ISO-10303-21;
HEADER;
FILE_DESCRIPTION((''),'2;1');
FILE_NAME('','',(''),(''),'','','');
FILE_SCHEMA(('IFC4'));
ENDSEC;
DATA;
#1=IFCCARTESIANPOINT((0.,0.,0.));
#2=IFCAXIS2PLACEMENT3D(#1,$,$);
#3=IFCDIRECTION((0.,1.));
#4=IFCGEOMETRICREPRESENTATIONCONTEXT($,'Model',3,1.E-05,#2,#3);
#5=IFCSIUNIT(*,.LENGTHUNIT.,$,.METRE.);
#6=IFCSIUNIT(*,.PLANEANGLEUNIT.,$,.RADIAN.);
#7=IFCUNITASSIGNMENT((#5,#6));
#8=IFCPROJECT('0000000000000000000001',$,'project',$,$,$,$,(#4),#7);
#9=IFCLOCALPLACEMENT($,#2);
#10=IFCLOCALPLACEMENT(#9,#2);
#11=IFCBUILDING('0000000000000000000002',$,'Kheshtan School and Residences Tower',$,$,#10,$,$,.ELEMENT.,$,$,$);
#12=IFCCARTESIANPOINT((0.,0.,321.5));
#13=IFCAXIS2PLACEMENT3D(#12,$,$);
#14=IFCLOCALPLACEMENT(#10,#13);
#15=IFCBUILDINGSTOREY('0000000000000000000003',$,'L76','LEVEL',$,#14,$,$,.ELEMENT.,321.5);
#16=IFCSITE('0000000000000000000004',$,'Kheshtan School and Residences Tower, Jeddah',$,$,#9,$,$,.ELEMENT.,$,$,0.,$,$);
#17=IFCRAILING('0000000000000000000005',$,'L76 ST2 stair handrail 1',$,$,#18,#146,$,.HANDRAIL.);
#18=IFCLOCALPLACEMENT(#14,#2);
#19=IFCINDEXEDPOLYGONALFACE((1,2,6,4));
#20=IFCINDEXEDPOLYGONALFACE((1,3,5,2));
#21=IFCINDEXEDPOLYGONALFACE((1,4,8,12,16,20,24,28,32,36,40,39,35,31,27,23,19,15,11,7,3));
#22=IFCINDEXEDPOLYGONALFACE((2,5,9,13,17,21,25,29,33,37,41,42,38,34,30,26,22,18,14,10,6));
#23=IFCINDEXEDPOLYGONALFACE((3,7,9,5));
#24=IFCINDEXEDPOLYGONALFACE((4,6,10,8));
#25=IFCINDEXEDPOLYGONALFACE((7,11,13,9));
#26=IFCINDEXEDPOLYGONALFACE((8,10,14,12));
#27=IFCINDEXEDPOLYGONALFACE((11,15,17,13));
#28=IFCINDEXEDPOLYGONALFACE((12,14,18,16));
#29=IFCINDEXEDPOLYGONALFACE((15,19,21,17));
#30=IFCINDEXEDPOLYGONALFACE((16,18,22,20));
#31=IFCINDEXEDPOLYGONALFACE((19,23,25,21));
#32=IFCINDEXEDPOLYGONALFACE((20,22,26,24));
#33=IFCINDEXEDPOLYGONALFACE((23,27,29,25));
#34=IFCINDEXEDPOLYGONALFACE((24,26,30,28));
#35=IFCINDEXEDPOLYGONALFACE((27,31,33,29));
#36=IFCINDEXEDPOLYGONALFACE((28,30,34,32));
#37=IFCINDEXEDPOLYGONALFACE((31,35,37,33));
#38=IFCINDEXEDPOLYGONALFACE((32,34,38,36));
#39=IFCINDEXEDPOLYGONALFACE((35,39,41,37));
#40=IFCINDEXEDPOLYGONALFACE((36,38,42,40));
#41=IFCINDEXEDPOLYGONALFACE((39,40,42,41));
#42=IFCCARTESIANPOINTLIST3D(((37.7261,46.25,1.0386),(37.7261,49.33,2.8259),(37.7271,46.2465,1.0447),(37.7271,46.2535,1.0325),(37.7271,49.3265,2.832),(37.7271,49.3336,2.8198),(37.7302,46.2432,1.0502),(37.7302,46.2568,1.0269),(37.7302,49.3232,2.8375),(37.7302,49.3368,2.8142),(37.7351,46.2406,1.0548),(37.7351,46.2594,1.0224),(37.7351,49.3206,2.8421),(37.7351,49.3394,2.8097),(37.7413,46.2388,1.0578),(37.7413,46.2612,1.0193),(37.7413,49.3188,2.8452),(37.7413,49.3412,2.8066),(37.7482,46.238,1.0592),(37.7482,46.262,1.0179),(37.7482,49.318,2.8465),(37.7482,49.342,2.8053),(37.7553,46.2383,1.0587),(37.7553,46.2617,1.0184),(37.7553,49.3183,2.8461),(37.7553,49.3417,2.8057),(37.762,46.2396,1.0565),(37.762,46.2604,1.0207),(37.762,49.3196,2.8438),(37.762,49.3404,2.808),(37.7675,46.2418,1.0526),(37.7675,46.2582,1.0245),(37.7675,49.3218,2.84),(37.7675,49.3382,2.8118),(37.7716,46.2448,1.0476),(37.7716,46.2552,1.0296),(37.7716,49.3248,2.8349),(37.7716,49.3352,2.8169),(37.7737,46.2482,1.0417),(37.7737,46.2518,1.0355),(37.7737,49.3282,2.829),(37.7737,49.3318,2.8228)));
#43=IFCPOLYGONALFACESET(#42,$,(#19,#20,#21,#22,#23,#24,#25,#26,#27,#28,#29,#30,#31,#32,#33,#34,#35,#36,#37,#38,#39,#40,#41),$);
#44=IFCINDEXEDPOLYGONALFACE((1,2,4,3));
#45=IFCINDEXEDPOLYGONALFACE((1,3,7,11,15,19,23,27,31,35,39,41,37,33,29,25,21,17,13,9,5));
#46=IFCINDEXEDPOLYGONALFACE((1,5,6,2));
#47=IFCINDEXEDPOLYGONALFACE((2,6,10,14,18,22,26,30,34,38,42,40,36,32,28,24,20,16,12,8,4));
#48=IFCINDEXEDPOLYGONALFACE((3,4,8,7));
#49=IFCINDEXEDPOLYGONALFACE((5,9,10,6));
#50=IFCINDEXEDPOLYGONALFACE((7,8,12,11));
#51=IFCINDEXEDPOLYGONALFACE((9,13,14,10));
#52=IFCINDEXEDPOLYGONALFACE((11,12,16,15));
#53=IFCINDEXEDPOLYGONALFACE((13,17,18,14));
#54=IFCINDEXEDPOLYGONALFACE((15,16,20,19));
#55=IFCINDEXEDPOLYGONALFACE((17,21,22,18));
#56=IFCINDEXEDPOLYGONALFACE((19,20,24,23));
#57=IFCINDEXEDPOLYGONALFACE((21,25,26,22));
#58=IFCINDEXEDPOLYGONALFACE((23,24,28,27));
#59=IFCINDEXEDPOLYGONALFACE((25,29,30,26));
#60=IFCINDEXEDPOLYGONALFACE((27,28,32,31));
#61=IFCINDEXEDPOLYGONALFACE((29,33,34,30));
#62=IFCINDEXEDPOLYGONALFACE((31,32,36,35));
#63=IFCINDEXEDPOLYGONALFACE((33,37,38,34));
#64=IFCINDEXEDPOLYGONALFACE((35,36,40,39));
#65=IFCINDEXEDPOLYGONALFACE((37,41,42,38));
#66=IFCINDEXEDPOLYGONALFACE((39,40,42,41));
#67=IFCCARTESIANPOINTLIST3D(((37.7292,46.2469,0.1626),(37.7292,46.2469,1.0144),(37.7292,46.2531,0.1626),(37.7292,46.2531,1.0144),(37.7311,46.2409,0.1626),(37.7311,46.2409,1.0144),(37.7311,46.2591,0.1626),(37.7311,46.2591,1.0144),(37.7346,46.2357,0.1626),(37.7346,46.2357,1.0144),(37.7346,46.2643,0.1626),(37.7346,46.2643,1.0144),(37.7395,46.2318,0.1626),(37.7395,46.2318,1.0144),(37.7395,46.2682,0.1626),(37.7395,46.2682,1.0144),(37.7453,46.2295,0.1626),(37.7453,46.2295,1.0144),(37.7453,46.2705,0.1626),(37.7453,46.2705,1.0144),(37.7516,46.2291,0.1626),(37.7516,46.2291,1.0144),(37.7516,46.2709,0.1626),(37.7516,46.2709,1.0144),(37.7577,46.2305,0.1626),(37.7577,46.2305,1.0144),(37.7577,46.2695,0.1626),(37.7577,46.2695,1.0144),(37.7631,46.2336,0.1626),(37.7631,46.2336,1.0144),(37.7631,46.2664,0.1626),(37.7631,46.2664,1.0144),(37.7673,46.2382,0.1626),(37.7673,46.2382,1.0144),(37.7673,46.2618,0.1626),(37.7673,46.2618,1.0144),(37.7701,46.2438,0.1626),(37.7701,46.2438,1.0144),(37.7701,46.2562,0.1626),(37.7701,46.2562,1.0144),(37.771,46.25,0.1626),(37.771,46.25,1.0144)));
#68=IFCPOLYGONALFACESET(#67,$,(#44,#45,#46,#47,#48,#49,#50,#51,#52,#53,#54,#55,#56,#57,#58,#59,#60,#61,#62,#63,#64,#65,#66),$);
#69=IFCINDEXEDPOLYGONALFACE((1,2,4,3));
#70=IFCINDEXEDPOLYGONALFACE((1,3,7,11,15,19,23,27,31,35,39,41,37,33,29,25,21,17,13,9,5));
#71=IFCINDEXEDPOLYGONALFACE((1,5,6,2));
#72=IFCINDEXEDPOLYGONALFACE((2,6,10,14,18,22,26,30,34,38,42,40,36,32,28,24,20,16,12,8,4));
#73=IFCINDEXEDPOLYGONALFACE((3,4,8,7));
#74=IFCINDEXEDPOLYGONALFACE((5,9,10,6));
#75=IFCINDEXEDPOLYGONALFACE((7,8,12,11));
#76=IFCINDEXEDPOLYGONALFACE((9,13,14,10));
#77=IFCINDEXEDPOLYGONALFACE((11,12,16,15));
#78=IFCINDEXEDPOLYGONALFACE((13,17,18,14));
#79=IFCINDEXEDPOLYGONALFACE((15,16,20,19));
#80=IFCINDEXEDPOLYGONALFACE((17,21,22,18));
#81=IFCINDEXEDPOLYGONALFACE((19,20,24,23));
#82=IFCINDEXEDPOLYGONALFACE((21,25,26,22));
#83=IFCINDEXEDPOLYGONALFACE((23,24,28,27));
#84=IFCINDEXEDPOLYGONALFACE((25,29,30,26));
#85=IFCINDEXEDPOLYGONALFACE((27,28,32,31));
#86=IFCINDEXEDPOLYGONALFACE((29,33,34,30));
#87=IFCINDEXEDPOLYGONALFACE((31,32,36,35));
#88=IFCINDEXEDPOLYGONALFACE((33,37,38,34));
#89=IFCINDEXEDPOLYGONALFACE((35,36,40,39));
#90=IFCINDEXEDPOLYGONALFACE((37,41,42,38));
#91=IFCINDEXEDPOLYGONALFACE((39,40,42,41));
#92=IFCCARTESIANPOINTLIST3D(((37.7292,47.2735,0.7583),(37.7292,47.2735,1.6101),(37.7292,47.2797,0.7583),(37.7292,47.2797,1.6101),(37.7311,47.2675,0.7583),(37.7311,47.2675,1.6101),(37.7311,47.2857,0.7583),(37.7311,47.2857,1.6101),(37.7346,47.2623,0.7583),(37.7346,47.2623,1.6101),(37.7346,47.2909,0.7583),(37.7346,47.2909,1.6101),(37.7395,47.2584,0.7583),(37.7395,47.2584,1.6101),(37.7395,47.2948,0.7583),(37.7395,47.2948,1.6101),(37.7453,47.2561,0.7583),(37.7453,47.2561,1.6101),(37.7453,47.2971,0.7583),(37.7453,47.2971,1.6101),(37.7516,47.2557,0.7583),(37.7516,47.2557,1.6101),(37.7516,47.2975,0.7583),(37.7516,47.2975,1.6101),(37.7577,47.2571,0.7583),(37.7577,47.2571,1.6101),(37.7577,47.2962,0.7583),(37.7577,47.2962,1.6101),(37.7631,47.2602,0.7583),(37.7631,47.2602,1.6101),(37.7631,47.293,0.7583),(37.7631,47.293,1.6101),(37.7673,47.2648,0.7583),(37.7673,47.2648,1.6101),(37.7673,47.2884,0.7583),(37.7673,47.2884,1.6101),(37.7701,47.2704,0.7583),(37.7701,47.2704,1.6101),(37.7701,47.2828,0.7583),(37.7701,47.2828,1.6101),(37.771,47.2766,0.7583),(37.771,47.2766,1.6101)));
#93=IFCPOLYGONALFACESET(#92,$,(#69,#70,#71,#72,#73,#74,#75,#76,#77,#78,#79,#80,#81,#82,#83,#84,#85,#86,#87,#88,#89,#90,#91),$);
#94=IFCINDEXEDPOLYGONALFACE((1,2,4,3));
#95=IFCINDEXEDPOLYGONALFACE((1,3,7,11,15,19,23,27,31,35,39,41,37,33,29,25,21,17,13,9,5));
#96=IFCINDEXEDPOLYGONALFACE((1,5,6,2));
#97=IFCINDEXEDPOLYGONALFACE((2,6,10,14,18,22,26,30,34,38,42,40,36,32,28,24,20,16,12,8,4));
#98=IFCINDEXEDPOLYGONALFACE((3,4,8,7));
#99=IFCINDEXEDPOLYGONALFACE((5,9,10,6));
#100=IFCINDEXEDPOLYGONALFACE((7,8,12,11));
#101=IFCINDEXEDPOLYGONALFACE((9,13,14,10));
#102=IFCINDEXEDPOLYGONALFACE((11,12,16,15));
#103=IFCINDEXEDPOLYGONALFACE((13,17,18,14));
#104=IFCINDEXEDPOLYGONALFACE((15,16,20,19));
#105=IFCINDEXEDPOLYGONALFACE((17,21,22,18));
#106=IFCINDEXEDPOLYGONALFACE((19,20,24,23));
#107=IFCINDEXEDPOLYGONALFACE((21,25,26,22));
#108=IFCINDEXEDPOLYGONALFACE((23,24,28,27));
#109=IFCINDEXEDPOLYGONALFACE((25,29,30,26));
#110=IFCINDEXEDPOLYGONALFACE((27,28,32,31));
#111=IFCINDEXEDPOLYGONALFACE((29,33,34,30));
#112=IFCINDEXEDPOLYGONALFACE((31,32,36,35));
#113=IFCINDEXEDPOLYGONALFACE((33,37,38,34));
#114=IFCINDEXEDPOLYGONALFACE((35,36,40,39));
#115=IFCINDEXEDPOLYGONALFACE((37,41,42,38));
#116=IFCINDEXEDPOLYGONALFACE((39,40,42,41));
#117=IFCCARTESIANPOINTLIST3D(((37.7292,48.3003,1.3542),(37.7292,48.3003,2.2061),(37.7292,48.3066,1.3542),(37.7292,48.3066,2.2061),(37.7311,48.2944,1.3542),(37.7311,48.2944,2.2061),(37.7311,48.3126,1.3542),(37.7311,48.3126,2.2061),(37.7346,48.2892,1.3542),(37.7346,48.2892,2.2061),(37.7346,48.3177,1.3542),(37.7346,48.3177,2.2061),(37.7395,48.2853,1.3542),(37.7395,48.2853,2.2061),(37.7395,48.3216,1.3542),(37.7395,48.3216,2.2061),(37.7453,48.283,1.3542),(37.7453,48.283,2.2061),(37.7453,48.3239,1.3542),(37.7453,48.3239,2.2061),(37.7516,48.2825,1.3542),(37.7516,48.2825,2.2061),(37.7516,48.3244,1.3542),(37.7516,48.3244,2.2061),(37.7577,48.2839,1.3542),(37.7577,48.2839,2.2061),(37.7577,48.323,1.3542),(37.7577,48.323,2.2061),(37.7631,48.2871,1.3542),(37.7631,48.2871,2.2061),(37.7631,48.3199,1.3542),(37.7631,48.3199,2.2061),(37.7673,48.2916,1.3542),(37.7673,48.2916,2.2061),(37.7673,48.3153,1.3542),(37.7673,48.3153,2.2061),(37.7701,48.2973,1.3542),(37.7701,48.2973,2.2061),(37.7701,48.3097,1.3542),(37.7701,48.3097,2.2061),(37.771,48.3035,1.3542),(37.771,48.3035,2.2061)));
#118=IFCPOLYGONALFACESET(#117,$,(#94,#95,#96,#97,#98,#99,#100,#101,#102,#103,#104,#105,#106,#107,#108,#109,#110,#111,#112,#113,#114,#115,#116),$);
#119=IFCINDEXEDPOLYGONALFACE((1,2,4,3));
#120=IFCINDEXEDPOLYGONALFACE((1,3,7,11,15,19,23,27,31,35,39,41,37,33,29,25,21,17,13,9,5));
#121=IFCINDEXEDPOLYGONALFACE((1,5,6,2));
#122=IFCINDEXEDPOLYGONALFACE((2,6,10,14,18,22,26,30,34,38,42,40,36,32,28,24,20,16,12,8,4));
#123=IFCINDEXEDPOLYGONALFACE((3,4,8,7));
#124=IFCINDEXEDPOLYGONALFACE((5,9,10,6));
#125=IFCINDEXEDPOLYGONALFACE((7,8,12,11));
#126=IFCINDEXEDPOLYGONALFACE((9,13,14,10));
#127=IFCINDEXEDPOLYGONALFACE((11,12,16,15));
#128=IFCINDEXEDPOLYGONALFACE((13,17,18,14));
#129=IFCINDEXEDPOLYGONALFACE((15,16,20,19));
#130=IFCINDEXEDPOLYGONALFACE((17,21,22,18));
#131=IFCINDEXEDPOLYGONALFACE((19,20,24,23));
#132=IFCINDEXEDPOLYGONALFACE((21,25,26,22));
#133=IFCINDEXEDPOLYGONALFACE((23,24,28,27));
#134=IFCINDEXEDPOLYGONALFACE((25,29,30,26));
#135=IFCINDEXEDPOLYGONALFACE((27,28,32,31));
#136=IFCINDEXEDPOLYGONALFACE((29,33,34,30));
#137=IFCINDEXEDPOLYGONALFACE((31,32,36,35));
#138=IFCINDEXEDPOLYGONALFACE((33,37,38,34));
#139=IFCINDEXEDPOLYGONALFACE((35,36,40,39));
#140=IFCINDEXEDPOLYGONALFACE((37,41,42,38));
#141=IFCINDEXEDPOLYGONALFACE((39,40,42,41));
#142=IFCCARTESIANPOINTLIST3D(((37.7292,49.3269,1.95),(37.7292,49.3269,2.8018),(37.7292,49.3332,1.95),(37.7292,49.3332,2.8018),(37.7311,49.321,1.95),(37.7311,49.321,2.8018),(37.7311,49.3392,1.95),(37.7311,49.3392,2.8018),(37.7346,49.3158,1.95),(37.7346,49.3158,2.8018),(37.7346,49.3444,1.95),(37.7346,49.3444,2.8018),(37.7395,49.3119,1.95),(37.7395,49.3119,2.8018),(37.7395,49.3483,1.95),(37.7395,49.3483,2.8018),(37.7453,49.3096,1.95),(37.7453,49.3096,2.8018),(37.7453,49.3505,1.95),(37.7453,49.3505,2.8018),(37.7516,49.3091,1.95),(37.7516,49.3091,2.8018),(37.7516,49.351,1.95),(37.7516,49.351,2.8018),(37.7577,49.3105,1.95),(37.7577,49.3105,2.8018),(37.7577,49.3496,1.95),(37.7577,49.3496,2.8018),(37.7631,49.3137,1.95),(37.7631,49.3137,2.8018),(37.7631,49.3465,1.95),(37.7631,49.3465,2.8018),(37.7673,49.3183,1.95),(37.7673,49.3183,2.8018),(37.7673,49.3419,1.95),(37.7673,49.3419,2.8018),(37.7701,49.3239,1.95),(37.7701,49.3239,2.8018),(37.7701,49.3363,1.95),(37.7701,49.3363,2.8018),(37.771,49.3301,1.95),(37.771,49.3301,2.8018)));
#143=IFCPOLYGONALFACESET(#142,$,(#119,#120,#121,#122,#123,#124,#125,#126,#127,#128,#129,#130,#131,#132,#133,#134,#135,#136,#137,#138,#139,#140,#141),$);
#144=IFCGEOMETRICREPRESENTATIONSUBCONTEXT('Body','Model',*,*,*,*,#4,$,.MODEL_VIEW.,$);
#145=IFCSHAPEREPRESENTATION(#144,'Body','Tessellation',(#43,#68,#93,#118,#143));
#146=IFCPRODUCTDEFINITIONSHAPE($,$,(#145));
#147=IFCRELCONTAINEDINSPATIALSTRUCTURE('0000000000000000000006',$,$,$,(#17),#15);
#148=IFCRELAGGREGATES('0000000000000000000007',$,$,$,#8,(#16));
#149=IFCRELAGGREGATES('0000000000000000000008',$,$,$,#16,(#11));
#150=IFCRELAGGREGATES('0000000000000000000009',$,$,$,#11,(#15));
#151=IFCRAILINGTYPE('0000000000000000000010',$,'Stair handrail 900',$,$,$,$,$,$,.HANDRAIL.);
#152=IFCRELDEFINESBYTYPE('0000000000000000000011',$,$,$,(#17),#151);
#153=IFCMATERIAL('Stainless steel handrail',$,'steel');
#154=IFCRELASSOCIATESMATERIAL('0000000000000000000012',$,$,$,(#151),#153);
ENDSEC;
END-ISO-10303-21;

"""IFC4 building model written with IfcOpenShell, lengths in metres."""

from ifc_helpers import new_model, si_unit, direction, frame, origin, origin_2d, place, context, subcontext, project, spatial, circle, extrude, material, type_object, element, save


model = new_model("IFC4")

# Units and contexts
model_context = context("Model", 3, precision=1e-05, world=origin(), true_north=direction((0.0, 1.0)))
body_context = subcontext(model_context, "Body", "Model", "MODEL_VIEW")
ifc_project = project(units=[si_unit("LENGTHUNIT", "METRE"), si_unit("PLANEANGLEUNIT", "RADIAN")], contexts=[model_context])

# Site, building, storey
site_placement = place(None, origin())
site = spatial("IfcSite", under=ifc_project, at=site_placement, Name="Kheshtan School and Residences Tower, Jeddah", CompositionType="ELEMENT", RefElevation=0.0)
building_placement = place(site_placement, origin())
building = spatial("IfcBuilding", under=site, at=building_placement, Name="Kheshtan School and Residences Tower", CompositionType="ELEMENT")
storey_placement = place(building_placement, frame((0.0, 0.0, 321.5)))
storey = spatial("IfcBuildingStorey", under=building, at=storey_placement, Name="L76", Description="LEVEL", CompositionType="ELEMENT", Elevation=321.5)

# Railing
ifc_material_1 = material(Name="Stainless steel handrail", Category="steel")
railing_type_1 = type_object("IfcRailingType", Name="Stair handrail 900", PredefinedType="HANDRAIL", material=ifc_material_1)
railing_1_placement = place(storey_placement, frame((37.75, 46.25, 0.1626)))
element("IfcRailing", 1, at=railing_1_placement, inside=storey, type_object=railing_type_1, Name="L76 ST2 stair handrail 1", PredefinedType="HANDRAIL", context=body_context, shape_type="SweptSolid", body=[
    extrude(circle(Radius=0.0239, at=origin_2d()), frame((0.0, 0.0, 0.876), z_axis=(0.0, 0.86492, 0.501909), x_axis=(-1.0, 0.0, 0.0)), (0.0, 0.0, 1.0), 3.561),
    extrude(circle(Radius=0.021, at=origin_2d()), origin(), (0.0, 0.0, 1.0), 0.8518),
    extrude(circle(Radius=0.021, at=origin_2d()), frame((0.0, 1.0266, 0.5957)), (0.0, 0.0, 1.0), 0.8518),
    extrude(circle(Radius=0.021, at=origin_2d()), frame((0.0, 2.0535, 1.1917)), (0.0, 0.0, 1.0), 0.8518),
    extrude(circle(Radius=0.021, at=origin_2d()), frame((0.0, 3.0801, 1.7874)), (0.0, 0.0, 1.0), 0.8518),
])

save(model, "model.ifc")
